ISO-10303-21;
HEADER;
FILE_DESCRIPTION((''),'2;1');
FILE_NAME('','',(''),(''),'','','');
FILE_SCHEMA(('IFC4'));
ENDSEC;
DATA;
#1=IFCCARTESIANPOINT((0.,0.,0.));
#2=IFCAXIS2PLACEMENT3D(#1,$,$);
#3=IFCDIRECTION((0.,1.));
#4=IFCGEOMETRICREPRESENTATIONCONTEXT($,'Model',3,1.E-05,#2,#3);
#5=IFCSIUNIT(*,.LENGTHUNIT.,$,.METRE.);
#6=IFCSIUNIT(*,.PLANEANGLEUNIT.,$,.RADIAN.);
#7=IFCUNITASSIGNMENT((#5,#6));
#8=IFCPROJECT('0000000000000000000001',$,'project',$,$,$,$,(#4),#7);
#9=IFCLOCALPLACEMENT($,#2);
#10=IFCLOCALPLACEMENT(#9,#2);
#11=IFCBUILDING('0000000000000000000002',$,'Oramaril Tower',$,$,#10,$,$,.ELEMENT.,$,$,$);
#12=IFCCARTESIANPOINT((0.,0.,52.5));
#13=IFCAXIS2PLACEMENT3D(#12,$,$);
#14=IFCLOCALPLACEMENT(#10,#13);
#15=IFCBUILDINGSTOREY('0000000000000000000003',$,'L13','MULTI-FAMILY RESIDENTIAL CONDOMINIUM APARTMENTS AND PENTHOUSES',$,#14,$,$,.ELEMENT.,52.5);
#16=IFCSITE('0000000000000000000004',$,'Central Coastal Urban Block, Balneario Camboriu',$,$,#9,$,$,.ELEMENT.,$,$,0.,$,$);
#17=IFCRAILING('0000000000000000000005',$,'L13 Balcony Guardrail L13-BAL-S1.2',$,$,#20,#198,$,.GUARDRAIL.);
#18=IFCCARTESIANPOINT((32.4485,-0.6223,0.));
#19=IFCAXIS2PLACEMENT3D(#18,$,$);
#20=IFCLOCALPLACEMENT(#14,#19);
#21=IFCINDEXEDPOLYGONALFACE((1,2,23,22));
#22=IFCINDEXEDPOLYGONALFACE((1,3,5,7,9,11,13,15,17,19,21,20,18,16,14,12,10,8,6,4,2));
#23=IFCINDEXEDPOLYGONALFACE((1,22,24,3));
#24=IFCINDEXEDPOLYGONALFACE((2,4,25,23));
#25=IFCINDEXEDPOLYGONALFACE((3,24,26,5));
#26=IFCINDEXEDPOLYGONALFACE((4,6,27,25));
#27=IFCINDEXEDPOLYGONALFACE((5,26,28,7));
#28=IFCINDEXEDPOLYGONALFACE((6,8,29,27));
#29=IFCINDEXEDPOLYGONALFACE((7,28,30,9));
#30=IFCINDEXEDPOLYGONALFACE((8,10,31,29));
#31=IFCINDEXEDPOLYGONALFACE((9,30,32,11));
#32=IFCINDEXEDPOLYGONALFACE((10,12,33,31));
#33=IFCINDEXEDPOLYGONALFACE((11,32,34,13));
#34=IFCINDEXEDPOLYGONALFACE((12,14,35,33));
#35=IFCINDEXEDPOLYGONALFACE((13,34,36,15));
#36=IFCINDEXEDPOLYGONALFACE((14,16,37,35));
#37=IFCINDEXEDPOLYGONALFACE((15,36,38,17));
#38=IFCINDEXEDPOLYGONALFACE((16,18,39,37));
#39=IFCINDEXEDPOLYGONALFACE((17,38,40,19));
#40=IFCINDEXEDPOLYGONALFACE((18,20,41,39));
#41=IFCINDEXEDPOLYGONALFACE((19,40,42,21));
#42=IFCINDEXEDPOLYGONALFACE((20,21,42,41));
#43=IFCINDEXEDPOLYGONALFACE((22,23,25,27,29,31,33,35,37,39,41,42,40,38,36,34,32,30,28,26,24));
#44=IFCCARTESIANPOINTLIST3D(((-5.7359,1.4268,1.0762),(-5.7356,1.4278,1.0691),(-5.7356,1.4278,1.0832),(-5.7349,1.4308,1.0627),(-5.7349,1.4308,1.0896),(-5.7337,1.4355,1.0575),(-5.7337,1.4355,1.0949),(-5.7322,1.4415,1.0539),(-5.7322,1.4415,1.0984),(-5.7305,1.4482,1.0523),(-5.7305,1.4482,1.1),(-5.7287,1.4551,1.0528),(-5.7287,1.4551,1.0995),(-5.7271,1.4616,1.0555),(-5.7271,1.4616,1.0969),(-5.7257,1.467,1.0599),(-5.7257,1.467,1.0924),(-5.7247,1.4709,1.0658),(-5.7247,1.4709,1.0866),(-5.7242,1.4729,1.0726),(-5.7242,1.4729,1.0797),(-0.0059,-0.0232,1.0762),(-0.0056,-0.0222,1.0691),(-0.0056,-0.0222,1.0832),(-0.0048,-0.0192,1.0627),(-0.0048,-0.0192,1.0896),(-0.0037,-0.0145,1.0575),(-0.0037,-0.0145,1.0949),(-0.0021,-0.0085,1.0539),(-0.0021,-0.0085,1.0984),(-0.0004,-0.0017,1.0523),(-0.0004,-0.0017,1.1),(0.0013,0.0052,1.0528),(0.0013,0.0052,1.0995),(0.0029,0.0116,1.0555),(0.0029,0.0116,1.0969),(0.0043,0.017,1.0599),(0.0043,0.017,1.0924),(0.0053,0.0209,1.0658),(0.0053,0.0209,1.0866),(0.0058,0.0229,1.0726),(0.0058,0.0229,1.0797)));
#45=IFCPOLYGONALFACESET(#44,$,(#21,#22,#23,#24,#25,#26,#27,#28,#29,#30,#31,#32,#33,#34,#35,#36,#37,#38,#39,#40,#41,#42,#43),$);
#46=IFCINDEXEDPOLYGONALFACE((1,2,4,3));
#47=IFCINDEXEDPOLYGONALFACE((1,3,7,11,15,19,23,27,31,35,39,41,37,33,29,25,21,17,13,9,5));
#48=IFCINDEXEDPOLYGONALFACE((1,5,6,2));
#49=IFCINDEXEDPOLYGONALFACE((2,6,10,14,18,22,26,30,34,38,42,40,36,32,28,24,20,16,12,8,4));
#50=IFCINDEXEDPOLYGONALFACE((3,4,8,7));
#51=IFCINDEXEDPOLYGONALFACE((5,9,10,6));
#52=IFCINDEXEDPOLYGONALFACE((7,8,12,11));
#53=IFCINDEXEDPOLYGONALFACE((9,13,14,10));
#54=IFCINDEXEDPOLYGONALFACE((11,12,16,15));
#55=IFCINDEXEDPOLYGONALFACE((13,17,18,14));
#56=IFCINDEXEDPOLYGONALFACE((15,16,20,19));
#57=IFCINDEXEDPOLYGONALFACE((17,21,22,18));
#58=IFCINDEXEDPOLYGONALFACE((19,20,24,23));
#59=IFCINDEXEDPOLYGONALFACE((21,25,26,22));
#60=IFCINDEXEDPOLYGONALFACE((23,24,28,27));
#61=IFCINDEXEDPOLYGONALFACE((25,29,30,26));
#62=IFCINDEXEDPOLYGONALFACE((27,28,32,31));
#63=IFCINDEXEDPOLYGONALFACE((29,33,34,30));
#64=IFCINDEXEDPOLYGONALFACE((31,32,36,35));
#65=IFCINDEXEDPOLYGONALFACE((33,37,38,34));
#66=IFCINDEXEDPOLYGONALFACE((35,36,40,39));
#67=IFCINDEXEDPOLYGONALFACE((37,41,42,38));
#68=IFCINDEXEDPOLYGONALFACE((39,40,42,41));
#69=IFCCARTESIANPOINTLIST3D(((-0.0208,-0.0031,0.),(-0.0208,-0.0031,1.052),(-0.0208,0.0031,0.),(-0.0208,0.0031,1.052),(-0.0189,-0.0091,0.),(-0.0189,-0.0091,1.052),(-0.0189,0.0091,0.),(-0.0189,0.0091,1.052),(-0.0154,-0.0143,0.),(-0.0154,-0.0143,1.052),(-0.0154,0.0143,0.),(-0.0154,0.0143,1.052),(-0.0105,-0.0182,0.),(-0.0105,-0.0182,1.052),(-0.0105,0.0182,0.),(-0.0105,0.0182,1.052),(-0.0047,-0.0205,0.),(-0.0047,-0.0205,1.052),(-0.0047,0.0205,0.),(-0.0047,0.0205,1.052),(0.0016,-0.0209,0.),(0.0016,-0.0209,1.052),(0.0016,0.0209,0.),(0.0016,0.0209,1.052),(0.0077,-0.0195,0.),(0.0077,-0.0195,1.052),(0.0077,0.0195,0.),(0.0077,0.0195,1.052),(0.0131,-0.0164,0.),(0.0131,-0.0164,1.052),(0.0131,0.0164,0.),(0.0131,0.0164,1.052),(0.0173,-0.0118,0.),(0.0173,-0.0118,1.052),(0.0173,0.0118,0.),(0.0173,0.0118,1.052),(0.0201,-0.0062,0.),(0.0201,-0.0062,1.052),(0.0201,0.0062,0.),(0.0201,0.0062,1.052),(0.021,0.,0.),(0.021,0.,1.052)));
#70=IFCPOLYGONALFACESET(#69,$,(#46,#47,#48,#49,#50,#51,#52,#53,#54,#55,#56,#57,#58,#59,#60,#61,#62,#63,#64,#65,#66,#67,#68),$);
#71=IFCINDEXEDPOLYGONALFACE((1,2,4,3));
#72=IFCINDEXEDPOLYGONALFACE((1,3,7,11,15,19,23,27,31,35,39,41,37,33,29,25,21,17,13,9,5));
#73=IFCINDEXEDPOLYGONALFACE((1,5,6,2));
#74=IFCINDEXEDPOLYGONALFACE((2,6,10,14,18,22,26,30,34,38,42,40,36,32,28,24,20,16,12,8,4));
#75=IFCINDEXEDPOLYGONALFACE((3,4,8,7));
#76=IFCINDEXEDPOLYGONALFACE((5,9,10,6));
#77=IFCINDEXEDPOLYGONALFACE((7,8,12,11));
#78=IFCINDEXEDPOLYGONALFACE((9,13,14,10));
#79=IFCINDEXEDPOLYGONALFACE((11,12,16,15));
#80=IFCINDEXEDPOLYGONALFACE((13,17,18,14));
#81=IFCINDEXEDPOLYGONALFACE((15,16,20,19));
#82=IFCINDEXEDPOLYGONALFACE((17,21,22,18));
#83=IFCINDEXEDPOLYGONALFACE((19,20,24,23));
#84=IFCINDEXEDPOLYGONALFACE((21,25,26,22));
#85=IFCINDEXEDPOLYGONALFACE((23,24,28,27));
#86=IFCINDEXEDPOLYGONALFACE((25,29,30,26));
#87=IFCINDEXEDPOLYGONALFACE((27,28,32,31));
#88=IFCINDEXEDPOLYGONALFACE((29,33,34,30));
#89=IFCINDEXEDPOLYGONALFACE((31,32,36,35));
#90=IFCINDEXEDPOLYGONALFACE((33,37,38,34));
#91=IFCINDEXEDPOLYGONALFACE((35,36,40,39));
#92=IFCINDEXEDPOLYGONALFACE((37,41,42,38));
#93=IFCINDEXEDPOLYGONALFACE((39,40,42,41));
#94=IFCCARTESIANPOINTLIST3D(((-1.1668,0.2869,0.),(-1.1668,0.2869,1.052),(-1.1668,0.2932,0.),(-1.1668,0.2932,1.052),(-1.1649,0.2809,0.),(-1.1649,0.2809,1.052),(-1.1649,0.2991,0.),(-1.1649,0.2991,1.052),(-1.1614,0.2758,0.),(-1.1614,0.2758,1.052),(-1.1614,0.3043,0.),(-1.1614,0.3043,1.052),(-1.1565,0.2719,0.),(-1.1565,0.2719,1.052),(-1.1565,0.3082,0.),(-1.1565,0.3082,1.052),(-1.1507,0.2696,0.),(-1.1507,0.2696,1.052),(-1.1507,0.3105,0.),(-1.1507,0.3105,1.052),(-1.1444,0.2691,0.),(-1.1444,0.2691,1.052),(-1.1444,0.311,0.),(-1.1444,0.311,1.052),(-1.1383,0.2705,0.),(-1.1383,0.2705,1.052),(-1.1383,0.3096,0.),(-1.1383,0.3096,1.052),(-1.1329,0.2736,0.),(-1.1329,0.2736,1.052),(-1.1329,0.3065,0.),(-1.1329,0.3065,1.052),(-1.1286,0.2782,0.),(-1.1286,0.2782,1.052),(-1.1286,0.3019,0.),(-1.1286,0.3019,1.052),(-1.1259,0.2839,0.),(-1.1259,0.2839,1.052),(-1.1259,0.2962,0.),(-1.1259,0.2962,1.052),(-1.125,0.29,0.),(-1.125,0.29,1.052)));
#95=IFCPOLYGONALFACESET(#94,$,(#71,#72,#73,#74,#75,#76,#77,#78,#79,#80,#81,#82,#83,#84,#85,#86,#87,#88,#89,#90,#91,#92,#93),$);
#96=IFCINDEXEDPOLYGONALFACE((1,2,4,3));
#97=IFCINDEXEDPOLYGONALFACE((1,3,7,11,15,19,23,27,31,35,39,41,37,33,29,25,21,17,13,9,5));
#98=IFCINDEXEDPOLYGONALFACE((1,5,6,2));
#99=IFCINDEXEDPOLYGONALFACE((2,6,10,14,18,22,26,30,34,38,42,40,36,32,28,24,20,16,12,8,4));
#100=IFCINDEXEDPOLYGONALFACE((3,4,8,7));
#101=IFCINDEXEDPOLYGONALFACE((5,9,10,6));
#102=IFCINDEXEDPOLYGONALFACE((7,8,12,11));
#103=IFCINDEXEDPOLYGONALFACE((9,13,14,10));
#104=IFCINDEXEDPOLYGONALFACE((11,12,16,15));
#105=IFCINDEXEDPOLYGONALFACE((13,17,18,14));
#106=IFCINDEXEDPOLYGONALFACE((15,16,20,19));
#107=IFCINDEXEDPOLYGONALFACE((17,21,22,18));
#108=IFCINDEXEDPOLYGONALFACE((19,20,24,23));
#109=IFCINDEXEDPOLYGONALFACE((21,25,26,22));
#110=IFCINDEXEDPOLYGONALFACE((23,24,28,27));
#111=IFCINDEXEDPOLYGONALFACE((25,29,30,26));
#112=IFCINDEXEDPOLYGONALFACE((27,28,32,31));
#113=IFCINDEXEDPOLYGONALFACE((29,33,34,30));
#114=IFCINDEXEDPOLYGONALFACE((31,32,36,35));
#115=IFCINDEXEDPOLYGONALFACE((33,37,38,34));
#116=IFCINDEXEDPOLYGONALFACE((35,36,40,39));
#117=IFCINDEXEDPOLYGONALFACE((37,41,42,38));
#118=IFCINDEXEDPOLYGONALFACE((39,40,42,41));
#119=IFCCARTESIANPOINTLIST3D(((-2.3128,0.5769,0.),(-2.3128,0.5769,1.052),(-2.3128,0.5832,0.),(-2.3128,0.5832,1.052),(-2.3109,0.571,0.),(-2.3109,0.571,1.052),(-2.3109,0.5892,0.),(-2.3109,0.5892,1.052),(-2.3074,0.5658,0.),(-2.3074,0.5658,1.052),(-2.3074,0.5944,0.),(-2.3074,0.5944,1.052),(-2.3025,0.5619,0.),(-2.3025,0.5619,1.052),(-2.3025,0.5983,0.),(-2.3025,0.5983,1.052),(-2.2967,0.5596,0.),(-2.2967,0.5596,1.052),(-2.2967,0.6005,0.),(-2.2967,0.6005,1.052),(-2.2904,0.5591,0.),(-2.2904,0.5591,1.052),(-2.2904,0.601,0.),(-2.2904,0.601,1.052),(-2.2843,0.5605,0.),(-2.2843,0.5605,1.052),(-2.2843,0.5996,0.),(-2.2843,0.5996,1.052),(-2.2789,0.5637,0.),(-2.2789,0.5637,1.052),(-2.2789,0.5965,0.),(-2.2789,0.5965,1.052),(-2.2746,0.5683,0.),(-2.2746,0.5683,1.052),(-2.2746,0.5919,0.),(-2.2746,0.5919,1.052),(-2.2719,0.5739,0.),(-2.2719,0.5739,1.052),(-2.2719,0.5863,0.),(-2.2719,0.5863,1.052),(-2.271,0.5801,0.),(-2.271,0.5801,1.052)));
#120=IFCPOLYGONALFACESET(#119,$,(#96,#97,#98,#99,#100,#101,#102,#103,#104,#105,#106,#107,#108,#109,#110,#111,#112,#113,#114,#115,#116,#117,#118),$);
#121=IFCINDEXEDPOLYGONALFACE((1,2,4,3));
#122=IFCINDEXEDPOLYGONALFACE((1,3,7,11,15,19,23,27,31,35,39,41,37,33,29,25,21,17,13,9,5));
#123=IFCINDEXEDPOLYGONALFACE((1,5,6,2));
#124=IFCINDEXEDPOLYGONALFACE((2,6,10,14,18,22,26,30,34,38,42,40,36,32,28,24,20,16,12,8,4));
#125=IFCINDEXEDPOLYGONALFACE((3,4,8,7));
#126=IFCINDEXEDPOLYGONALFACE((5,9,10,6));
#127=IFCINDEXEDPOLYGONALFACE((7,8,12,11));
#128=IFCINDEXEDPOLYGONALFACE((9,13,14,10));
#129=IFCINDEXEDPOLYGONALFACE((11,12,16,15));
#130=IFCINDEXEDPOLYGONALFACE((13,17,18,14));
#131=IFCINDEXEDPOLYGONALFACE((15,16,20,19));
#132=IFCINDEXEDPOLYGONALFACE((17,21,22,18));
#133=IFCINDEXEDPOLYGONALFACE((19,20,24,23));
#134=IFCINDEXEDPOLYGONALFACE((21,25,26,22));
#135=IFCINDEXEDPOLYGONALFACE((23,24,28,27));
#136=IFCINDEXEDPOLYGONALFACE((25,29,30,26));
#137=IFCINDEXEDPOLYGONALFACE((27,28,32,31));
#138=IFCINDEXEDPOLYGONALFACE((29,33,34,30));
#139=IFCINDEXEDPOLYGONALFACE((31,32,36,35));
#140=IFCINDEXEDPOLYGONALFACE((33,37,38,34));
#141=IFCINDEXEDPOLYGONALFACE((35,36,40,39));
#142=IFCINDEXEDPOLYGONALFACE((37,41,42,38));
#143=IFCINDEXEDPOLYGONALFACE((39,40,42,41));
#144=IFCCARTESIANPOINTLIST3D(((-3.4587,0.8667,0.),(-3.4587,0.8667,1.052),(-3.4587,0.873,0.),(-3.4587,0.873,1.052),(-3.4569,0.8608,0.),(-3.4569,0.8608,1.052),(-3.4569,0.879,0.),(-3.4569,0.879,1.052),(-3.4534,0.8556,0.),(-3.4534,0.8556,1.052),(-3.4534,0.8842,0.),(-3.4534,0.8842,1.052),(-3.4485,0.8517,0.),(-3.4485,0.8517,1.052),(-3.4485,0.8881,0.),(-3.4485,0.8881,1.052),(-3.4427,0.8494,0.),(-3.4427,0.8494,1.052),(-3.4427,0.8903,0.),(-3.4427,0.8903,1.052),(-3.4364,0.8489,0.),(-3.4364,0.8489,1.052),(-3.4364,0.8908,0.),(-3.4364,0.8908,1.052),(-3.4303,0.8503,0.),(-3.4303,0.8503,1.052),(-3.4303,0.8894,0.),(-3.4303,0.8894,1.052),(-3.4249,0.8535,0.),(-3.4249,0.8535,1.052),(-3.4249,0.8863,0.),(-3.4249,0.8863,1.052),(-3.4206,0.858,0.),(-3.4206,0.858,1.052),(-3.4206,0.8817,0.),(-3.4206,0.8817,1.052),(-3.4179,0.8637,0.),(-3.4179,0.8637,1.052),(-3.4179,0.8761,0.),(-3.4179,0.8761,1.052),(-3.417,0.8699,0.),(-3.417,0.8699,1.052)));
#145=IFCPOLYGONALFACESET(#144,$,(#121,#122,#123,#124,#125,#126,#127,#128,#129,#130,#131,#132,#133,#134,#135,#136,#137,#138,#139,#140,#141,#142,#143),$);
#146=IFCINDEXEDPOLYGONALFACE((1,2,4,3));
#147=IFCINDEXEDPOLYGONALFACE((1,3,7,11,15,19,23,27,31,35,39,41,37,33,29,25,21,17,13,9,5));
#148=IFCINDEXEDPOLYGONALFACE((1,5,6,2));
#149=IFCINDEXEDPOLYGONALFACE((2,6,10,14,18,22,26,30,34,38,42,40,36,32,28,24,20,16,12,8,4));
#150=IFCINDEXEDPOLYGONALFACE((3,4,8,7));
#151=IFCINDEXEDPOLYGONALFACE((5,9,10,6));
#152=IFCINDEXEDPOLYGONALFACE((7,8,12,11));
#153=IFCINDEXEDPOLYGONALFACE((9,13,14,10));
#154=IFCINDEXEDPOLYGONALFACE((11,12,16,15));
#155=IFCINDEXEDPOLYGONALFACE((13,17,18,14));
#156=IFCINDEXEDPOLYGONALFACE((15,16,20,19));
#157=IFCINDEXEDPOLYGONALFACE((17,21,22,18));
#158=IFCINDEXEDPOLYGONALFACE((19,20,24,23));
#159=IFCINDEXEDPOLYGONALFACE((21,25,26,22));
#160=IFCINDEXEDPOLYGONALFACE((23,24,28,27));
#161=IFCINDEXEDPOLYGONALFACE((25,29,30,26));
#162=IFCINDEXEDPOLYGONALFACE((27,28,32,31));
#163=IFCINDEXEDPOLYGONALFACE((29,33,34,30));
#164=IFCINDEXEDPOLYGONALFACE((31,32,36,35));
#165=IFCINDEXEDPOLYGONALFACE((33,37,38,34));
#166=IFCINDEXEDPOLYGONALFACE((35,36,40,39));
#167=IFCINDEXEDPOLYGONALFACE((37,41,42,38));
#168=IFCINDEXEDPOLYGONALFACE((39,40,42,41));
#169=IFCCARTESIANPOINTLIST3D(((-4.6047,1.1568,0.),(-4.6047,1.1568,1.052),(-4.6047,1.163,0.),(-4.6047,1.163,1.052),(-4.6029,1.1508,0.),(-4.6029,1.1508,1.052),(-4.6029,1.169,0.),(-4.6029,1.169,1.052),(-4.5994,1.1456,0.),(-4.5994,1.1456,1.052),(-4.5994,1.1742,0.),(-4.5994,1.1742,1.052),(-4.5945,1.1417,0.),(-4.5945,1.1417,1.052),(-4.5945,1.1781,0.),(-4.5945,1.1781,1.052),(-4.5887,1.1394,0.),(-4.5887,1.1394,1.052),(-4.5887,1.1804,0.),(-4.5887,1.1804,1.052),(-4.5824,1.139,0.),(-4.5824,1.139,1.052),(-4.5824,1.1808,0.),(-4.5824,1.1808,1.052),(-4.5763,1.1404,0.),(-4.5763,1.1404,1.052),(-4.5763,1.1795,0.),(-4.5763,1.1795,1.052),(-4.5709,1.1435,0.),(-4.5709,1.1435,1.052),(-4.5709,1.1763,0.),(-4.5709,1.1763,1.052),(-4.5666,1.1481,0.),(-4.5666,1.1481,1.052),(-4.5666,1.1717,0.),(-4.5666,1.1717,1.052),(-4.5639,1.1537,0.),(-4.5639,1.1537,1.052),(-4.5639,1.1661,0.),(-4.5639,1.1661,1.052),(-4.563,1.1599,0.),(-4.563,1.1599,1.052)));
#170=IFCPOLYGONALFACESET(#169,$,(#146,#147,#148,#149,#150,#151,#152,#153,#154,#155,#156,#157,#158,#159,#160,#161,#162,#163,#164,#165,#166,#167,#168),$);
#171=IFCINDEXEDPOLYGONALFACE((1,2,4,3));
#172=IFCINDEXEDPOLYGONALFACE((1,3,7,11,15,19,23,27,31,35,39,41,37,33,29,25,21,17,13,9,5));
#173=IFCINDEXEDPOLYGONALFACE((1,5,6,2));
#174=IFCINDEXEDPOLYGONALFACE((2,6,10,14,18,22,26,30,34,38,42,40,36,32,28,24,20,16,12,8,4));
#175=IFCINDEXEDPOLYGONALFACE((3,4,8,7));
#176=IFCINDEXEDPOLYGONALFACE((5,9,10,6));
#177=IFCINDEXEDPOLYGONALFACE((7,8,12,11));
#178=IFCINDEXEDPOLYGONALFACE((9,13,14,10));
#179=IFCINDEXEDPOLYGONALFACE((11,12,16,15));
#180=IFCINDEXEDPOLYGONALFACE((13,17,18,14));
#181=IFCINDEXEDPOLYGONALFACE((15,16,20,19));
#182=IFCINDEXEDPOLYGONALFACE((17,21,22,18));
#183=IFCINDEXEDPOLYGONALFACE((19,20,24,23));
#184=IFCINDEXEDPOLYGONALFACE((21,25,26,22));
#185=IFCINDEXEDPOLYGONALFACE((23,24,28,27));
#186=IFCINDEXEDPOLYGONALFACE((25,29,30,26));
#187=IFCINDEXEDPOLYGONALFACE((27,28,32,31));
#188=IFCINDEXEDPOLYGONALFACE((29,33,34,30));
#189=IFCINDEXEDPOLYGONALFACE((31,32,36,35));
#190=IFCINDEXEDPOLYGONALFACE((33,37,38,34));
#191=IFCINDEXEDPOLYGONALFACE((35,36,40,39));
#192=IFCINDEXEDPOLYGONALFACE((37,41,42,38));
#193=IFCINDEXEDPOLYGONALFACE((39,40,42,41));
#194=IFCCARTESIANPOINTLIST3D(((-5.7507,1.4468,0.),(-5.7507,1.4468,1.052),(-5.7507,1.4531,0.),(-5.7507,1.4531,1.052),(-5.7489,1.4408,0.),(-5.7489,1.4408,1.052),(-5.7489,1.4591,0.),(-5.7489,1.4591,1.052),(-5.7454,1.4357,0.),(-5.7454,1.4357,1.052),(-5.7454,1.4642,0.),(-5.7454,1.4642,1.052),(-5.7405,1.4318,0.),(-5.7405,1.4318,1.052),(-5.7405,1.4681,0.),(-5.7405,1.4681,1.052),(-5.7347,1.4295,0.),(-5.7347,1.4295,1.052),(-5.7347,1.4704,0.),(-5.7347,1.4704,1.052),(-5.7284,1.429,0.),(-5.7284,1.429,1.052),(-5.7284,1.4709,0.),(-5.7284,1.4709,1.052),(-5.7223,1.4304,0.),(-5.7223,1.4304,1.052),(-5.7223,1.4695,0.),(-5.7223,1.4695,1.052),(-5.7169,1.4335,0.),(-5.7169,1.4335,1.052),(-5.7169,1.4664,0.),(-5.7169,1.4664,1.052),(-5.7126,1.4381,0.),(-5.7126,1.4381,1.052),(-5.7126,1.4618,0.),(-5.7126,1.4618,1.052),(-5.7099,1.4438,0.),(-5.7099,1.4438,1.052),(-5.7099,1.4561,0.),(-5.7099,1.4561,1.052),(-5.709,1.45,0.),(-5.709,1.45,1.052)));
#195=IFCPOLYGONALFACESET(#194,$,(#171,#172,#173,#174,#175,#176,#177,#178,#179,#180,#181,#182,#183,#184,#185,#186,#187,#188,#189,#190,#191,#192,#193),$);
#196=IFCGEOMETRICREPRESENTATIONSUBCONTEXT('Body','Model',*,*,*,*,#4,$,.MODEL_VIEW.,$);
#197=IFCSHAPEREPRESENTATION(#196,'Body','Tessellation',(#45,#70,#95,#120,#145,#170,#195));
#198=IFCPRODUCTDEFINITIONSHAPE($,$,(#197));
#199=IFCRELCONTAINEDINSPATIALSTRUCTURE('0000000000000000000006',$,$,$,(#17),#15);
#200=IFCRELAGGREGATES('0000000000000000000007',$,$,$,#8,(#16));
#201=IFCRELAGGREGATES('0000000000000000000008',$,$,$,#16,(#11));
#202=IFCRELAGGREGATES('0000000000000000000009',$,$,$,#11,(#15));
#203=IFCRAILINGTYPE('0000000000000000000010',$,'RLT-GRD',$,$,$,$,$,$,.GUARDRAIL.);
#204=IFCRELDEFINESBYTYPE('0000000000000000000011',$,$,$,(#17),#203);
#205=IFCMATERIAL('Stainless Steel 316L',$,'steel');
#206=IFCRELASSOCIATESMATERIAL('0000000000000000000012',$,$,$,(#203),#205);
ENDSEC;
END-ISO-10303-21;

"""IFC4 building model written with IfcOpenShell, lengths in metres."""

from ifc_helpers import new_model, si_unit, direction, frame, origin, origin_2d, place, context, subcontext, project, spatial, circle, extrude, material, type_object, element, save


model = new_model("IFC4")

# Units and contexts
model_context = context("Model", 3, precision=1e-05, world=origin(), true_north=direction((0.0, 1.0)))
body_context = subcontext(model_context, "Body", "Model", "MODEL_VIEW")
ifc_project = project(units=[si_unit("LENGTHUNIT", "METRE"), si_unit("PLANEANGLEUNIT", "RADIAN")], contexts=[model_context])

# Site, building, storey
site_placement = place(None, origin())
site = spatial("IfcSite", under=ifc_project, at=site_placement, Name="Central Coastal Urban Block, Balneario Camboriu", CompositionType="ELEMENT", RefElevation=0.0)
building_placement = place(site_placement, origin())
building = spatial("IfcBuilding", under=site, at=building_placement, Name="Oramaril Tower", CompositionType="ELEMENT")
storey_placement = place(building_placement, frame((0.0, 0.0, 52.5)))
storey = spatial("IfcBuildingStorey", under=building, at=storey_placement, Name="L13", Description="MULTI-FAMILY RESIDENTIAL CONDOMINIUM APARTMENTS AND PENTHOUSES", CompositionType="ELEMENT", Elevation=52.5)

# Railing
ifc_material_1 = material(Name="Stainless Steel 316L", Category="steel")
railing_type = type_object("IfcRailingType", Name="RLT-GRD", PredefinedType="GUARDRAIL", material=ifc_material_1)
railing_1_placement = place(storey_placement, frame((32.4485, -0.6223, 0.0)))
element("IfcRailing", 1, at=railing_1_placement, inside=storey, type_object=railing_type, Name="L13 Balcony Guardrail L13-BAL-S1.2", PredefinedType="GUARDRAIL", context=body_context, shape_type="SweptSolid", body=[
    extrude(circle(Radius=0.0239, at=origin_2d()), frame((0.0, 0.0, 1.0762), z_axis=(-0.969444, 0.245314, 0.0), x_axis=(-0.245314, -0.969444, 0.0)), (0.0, 0.0, 1.0), 5.9106),
    extrude(circle(Radius=0.021, at=origin_2d()), origin(), (0.0, 0.0, 1.0), 1.052),
    extrude(circle(Radius=0.021, at=origin_2d()), frame((-1.146, 0.29, 0.0)), (0.0, 0.0, 1.0), 1.052),
    extrude(circle(Radius=0.021, at=origin_2d()), frame((-2.292, 0.5801, 0.0)), (0.0, 0.0, 1.0), 1.052),
    extrude(circle(Radius=0.021, at=origin_2d()), frame((-3.438, 0.8699, 0.0)), (0.0, 0.0, 1.0), 1.052),
    extrude(circle(Radius=0.021, at=origin_2d()), frame((-4.584, 1.1599, 0.0)), (0.0, 0.0, 1.0), 1.052),
    extrude(circle(Radius=0.021, at=origin_2d()), frame((-5.73, 1.45, 0.0)), (0.0, 0.0, 1.0), 1.052),
])

save(model, "model.ifc")
